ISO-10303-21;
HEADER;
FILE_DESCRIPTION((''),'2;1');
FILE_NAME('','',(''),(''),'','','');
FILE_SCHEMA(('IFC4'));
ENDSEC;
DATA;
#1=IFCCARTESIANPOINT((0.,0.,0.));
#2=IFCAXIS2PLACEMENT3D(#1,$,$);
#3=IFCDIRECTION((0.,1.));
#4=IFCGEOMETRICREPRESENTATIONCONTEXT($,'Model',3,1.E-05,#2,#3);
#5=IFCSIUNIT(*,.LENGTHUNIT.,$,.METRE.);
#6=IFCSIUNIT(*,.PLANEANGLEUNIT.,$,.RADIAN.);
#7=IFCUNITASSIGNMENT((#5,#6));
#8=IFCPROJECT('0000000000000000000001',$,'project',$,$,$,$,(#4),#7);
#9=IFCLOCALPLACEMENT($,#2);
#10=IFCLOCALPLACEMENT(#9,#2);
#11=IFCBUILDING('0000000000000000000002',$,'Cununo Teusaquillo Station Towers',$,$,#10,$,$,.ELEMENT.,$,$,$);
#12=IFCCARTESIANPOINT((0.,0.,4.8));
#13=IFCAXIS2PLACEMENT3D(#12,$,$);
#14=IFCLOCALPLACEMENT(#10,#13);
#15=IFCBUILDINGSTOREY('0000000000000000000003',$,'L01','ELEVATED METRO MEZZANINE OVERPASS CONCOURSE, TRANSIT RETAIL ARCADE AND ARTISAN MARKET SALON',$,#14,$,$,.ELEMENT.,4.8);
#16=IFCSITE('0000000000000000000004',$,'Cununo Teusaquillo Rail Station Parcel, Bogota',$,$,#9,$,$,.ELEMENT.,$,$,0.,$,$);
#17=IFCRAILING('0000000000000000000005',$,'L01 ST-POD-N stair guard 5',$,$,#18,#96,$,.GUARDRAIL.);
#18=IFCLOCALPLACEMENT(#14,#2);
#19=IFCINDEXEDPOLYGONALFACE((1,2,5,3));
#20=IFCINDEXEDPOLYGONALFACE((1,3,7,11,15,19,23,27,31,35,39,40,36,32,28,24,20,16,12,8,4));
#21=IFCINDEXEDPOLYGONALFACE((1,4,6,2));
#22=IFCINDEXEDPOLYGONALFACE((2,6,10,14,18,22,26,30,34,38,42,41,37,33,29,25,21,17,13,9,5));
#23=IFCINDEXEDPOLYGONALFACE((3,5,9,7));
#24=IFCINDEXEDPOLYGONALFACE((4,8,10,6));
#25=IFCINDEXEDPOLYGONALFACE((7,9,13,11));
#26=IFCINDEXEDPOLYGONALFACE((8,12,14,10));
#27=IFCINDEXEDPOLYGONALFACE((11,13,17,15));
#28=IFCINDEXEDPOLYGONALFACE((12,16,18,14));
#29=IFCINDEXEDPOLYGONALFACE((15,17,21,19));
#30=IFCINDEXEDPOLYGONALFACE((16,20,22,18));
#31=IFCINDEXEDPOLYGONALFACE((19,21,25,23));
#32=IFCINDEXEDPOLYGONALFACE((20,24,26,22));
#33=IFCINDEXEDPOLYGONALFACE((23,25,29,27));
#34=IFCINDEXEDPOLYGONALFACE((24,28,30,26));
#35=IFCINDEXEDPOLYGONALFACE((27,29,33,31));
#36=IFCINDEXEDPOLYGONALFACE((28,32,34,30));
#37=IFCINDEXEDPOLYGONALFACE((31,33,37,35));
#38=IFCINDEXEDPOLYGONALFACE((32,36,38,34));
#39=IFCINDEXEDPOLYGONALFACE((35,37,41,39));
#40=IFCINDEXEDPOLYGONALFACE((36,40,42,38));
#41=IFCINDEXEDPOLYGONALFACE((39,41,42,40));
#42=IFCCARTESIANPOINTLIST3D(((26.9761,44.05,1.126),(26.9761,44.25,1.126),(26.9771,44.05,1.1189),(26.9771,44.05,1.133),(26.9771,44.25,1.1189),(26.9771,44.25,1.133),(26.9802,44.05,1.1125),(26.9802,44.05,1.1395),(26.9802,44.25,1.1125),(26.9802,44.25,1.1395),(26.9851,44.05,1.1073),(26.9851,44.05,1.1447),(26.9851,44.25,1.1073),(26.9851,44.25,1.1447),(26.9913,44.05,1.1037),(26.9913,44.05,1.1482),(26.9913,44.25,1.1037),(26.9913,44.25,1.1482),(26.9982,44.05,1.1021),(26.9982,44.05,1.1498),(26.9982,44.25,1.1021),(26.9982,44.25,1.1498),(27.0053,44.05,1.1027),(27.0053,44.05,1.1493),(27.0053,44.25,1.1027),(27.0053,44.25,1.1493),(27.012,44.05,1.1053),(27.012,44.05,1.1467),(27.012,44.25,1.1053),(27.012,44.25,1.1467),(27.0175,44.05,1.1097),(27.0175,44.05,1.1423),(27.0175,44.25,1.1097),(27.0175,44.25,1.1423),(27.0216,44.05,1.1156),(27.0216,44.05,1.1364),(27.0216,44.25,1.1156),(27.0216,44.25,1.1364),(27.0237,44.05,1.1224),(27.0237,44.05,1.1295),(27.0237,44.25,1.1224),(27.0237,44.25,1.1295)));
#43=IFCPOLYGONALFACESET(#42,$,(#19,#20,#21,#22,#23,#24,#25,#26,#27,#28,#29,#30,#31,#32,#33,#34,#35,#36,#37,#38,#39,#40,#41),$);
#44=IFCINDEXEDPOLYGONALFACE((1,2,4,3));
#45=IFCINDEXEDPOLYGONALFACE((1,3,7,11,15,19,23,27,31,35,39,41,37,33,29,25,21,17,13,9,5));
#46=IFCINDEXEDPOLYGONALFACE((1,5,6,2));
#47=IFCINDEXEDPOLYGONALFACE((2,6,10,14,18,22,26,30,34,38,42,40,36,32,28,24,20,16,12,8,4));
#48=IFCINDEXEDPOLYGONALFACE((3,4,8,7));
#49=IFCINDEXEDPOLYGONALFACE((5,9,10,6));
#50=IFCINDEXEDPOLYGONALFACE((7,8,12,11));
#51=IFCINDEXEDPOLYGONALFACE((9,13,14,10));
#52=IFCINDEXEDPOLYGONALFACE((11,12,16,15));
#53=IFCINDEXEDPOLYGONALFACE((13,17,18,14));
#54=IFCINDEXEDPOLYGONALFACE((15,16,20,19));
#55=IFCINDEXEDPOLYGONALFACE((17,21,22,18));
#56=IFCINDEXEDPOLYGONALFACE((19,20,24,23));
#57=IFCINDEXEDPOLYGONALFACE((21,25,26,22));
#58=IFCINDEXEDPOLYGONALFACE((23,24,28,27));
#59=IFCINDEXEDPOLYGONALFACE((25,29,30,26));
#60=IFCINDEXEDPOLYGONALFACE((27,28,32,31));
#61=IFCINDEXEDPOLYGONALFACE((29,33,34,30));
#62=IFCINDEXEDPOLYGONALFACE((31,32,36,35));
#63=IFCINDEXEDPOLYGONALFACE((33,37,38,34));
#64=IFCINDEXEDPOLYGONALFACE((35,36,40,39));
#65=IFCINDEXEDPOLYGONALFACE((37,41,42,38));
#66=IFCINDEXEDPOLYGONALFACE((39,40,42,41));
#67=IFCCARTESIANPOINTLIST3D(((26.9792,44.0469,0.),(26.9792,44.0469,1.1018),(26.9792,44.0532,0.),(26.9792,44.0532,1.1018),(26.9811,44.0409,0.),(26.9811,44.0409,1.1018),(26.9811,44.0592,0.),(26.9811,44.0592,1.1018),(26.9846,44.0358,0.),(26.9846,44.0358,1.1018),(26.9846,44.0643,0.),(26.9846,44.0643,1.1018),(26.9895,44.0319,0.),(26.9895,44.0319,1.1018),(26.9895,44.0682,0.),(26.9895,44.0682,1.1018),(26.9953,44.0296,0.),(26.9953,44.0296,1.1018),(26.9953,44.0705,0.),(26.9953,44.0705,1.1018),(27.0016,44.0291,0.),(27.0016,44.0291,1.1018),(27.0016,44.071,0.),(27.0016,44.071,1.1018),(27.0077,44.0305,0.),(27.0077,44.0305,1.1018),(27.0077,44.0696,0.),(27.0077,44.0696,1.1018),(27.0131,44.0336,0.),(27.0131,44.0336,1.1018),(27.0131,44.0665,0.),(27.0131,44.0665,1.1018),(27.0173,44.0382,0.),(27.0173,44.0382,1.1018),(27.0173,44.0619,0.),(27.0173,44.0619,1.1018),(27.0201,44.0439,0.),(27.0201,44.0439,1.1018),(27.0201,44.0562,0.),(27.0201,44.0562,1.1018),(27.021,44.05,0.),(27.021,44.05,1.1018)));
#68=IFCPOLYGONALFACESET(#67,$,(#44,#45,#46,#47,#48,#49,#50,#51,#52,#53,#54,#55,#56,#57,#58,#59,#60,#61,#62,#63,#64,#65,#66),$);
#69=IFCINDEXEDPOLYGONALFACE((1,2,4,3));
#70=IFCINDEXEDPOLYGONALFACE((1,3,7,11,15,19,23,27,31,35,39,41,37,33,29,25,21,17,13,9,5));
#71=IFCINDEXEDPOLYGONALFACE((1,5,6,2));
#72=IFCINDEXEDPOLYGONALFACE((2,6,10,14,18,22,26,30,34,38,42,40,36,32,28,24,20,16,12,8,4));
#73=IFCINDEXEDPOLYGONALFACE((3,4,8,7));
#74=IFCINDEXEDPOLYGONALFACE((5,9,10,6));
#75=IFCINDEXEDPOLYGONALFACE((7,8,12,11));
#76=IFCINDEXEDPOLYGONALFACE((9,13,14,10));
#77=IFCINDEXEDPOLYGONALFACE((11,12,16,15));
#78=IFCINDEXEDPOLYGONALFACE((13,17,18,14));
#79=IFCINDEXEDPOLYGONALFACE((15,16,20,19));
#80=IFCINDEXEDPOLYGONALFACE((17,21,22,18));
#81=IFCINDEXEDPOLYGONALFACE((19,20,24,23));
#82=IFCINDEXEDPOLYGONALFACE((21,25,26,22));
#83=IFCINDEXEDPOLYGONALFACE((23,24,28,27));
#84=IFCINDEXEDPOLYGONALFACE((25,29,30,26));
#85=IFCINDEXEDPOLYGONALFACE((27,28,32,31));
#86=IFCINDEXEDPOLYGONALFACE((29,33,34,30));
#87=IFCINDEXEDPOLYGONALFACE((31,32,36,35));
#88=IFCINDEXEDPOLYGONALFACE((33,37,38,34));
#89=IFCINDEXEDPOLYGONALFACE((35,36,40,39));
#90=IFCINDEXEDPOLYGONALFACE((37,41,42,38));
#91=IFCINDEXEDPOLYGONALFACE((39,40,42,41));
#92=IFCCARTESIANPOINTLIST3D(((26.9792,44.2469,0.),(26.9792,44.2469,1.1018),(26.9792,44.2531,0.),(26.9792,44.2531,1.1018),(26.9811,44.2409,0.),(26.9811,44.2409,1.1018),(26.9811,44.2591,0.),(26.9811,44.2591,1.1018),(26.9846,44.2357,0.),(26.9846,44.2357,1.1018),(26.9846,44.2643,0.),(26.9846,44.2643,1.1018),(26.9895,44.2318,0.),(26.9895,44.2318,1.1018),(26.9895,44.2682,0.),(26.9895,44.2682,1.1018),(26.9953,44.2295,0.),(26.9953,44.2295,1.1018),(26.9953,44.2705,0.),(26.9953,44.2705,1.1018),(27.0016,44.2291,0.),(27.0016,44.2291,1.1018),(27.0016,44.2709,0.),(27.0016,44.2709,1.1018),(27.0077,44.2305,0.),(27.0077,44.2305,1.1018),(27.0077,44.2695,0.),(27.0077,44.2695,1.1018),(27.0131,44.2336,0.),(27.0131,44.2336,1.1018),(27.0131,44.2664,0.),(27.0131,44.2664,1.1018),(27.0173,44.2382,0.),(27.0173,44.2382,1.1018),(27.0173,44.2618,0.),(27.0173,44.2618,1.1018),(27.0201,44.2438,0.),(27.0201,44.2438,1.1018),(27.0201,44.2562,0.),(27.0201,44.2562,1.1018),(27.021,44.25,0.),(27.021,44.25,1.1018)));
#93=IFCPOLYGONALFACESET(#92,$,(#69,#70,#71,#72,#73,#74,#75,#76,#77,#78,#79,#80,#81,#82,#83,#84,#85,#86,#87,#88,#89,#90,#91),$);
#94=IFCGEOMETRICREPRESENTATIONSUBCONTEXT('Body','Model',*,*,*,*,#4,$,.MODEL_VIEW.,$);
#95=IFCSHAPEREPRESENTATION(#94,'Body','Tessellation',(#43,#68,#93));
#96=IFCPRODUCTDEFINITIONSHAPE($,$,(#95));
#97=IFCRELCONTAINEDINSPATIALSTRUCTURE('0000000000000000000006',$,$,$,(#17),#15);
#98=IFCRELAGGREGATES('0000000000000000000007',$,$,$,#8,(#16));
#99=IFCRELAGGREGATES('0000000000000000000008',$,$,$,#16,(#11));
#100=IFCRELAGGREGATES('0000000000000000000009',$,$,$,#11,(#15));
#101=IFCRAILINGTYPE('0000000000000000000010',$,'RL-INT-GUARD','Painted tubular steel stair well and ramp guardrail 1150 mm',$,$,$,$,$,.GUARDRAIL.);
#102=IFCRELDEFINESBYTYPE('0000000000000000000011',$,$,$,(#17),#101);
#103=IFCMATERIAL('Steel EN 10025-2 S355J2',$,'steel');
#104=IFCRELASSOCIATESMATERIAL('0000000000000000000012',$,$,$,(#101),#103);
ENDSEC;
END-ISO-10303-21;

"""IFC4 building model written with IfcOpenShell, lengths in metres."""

from ifc_helpers import new_model, si_unit, direction, frame, origin, origin_2d, place, context, subcontext, project, spatial, circle, extrude, material, type_object, element, save


model = new_model("IFC4")

# Units and contexts
model_context = context("Model", 3, precision=1e-05, world=origin(), true_north=direction((0.0, 1.0)))
body_context = subcontext(model_context, "Body", "Model", "MODEL_VIEW")
ifc_project = project(units=[si_unit("LENGTHUNIT", "METRE"), si_unit("PLANEANGLEUNIT", "RADIAN")], contexts=[model_context])

# Site, building, storey
site_placement = place(None, origin())
site = spatial("IfcSite", under=ifc_project, at=site_placement, Name="Cununo Teusaquillo Rail Station Parcel, Bogota", CompositionType="ELEMENT", RefElevation=0.0)
building_placement = place(site_placement, origin())
building = spatial("IfcBuilding", under=site, at=building_placement, Name="Cununo Teusaquillo Station Towers", CompositionType="ELEMENT")
storey_placement = place(building_placement, frame((0.0, 0.0, 4.8)))
storey = spatial("IfcBuildingStorey", under=building, at=storey_placement, Name="L01", Description="ELEVATED METRO MEZZANINE OVERPASS CONCOURSE, TRANSIT RETAIL ARCADE AND ARTISAN MARKET SALON", CompositionType="ELEMENT", Elevation=4.8)

# Railing
ifc_material_1 = material(Name="Steel EN 10025-2 S355J2", Category="steel")
railing_type_1 = type_object("IfcRailingType", Name="RL-INT-GUARD", Description="Painted tubular steel stair well and ramp guardrail 1150 mm", PredefinedType="GUARDRAIL", material=ifc_material_1)
railing_1_placement = place(storey_placement, frame((27.0, 44.05, 0.0)))
element("IfcRailing", 1, at=railing_1_placement, inside=storey, type_object=railing_type_1, Name="L01 ST-POD-N stair guard 5", PredefinedType="GUARDRAIL", context=body_context, shape_type="SweptSolid", body=[
    extrude(circle(Radius=0.0239, at=origin_2d()), frame((0.0, 0.0, 1.126), z_axis=(0.0, 1.0, 0.0), x_axis=(-1.0, 0.0, 0.0)), (0.0, 0.0, 1.0), 0.2),
    extrude(circle(Radius=0.021, at=origin_2d()), origin(), (0.0, 0.0, 1.0), 1.1018),
    extrude(circle(Radius=0.021, at=origin_2d()), frame((0.0, 0.2, 0.0)), (0.0, 0.0, 1.0), 1.1018),
])

save(model, "model.ifc")
